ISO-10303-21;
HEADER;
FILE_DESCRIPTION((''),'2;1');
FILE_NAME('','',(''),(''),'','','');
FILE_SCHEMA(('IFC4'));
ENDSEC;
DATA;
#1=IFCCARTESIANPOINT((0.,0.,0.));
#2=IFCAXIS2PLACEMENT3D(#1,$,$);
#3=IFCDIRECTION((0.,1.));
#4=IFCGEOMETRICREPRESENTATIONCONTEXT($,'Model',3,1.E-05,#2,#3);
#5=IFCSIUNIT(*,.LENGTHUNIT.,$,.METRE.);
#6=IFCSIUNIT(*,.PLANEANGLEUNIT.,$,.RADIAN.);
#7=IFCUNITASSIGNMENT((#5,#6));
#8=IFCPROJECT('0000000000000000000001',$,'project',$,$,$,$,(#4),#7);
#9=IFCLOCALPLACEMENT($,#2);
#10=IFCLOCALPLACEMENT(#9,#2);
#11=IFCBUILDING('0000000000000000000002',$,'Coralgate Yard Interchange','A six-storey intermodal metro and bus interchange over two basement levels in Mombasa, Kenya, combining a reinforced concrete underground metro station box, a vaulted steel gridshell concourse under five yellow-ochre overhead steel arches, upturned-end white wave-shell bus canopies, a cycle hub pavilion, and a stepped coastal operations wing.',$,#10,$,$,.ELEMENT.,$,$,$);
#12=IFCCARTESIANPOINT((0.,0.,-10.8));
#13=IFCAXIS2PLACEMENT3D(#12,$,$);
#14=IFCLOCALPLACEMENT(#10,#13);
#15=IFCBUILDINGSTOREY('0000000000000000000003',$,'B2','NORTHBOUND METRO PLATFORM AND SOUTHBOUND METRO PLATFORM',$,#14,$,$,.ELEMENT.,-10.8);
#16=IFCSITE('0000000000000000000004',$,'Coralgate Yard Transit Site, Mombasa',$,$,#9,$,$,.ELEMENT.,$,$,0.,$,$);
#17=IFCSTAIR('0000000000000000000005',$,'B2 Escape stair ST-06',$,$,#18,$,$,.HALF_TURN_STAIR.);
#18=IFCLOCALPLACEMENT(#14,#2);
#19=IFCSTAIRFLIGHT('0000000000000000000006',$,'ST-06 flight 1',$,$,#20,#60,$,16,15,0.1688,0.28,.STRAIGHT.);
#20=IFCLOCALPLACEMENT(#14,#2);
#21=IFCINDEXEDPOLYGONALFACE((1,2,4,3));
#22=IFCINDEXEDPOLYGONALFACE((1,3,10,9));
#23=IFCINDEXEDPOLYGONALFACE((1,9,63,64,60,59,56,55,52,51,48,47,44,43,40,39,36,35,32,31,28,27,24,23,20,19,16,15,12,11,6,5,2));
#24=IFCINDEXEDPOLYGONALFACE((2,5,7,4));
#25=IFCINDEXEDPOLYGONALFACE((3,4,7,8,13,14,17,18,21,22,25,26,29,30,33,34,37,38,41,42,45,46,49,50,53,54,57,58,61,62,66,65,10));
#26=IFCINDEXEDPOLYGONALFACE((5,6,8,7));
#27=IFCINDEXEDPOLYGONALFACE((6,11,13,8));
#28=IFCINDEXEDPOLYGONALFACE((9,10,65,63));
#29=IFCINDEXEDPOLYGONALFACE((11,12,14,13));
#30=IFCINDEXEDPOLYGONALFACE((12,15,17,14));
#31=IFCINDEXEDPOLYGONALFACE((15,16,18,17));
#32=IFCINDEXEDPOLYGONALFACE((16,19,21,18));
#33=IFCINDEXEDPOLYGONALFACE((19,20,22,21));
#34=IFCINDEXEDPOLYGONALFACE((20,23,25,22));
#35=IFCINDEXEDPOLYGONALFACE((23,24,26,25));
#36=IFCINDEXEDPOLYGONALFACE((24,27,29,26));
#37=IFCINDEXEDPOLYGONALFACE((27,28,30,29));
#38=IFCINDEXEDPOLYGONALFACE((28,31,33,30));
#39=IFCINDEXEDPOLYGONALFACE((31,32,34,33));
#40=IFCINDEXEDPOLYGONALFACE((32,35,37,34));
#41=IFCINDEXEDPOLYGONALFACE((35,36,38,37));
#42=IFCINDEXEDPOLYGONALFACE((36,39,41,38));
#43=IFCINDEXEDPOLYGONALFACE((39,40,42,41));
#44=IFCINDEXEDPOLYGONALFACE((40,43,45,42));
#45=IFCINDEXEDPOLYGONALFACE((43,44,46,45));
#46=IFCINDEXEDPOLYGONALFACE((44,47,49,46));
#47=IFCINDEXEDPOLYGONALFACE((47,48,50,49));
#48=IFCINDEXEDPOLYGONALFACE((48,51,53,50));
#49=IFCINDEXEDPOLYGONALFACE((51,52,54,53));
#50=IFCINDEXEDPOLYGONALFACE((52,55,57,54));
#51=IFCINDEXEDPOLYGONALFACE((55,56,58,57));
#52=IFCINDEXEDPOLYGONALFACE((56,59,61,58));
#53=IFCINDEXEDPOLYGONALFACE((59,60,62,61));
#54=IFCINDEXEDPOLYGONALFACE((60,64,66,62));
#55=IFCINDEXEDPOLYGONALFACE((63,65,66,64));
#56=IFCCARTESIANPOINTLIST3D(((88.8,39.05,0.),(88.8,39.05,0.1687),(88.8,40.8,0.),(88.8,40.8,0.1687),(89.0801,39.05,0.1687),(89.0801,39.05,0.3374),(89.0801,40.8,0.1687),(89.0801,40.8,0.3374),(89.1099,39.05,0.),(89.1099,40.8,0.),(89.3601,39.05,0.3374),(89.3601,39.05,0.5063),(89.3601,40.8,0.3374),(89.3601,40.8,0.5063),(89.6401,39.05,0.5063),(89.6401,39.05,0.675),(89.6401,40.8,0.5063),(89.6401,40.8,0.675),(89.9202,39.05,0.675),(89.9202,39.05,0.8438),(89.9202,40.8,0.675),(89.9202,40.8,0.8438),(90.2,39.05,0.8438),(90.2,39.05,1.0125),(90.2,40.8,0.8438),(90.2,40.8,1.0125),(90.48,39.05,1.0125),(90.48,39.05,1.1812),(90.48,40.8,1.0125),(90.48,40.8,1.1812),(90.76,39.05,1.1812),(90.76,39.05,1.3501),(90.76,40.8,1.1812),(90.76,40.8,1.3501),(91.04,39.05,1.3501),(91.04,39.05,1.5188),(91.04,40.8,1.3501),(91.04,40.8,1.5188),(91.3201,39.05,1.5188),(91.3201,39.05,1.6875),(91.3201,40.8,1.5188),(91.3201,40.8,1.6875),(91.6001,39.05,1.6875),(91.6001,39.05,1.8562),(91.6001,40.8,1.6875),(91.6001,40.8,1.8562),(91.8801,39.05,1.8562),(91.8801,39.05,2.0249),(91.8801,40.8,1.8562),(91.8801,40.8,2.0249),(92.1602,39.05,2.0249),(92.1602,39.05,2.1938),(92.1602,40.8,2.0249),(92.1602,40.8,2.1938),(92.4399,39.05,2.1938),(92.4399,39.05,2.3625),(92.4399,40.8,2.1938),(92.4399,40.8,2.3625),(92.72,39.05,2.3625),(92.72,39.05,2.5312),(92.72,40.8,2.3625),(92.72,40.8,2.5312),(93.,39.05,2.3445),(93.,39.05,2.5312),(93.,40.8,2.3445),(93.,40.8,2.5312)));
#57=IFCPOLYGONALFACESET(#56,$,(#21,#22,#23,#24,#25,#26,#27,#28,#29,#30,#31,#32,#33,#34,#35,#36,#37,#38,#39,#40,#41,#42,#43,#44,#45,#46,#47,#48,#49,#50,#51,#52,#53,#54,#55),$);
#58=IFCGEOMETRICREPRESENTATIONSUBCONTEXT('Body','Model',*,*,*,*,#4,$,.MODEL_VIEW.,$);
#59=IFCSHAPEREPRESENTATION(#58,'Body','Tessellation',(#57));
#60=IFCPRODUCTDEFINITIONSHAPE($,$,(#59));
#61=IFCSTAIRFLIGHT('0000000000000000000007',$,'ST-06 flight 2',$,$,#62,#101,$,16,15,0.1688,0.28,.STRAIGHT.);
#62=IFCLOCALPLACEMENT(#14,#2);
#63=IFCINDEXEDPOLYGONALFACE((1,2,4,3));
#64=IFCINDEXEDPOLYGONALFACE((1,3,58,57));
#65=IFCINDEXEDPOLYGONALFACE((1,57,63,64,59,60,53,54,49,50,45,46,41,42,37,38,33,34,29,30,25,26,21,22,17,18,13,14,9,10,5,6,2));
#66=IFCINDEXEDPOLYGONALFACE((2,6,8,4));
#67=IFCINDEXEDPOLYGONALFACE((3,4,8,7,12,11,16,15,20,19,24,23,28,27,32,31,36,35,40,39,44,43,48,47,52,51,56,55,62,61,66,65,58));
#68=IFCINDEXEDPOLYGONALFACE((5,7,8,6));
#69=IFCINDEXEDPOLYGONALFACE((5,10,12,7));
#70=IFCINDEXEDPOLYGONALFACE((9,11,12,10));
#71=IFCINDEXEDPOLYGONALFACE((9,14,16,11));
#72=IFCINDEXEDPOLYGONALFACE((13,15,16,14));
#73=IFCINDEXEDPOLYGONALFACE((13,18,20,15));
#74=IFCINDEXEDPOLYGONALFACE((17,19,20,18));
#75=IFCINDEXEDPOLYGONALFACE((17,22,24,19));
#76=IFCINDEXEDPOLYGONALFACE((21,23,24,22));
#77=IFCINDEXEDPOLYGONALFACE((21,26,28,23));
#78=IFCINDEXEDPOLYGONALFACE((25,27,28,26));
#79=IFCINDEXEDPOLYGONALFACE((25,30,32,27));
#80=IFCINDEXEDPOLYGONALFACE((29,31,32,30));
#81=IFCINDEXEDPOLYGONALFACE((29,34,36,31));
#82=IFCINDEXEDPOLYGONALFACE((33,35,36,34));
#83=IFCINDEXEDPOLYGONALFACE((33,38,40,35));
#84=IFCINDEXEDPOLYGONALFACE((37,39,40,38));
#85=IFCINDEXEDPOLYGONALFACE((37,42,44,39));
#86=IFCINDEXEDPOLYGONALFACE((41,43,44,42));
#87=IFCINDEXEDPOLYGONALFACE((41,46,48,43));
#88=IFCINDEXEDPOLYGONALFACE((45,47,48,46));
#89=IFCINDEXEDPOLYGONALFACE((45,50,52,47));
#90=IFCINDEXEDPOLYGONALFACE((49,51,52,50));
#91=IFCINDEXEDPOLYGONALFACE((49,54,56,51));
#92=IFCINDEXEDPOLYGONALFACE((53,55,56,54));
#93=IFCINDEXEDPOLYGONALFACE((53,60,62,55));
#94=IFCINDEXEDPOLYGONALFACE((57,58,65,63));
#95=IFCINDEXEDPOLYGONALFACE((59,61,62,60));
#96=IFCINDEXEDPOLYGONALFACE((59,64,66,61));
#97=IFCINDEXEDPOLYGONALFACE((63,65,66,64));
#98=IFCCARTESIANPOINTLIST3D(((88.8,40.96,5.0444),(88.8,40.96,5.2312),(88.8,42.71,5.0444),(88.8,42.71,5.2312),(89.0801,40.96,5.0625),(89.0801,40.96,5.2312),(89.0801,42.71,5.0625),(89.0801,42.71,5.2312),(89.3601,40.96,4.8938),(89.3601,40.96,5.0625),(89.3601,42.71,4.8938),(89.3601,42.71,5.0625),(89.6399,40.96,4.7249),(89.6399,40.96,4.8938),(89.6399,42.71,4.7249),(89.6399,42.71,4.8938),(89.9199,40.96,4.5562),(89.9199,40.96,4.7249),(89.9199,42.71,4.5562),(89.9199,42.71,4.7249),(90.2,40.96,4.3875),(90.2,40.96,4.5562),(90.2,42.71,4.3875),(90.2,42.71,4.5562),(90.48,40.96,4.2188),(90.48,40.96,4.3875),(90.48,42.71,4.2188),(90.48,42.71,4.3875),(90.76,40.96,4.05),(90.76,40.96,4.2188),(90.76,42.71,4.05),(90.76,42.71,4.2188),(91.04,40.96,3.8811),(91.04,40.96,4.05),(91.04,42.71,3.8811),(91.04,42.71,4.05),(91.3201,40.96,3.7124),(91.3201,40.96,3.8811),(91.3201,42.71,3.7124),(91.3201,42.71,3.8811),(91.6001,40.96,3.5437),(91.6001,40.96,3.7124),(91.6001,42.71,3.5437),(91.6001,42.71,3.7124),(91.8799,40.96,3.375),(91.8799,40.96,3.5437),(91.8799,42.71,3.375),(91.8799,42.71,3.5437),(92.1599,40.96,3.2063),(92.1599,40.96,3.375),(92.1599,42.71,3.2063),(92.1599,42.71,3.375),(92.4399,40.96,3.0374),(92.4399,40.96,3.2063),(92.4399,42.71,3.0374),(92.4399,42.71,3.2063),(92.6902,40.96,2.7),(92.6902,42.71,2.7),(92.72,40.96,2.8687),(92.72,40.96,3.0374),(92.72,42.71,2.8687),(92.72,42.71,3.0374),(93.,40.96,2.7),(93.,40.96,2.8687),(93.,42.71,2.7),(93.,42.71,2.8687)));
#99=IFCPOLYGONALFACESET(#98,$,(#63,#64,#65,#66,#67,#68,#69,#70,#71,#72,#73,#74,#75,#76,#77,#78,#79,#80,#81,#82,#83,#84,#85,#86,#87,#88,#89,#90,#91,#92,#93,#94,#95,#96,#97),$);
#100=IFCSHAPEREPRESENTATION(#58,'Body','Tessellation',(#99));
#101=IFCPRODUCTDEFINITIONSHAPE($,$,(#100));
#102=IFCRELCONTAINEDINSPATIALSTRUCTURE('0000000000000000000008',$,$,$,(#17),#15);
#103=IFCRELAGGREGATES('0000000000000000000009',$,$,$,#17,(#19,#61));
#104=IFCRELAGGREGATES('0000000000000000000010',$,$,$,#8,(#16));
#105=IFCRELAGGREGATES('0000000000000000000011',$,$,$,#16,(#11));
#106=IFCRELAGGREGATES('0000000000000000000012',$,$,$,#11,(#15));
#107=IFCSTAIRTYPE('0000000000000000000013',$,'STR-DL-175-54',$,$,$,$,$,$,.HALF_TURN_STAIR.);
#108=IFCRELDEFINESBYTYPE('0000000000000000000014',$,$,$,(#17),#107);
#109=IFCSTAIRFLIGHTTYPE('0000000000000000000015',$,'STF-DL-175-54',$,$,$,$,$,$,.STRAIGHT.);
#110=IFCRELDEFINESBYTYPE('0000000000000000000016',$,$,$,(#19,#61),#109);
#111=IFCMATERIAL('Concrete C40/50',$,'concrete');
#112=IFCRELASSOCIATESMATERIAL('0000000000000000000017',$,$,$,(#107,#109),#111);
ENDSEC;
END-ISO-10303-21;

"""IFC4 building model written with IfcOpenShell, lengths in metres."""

from ifc_helpers import new_model, si_unit, direction, frame, origin, place, context, subcontext, project, spatial, polyline, outline, extrude, material, type_object, element, aggregate, save


model = new_model("IFC4")

# Units and contexts
model_context = context("Model", 3, precision=1e-05, world=origin(), true_north=direction((0.0, 1.0)))
body_context = subcontext(model_context, "Body", "Model", "MODEL_VIEW")
ifc_project = project(units=[si_unit("LENGTHUNIT", "METRE"), si_unit("PLANEANGLEUNIT", "RADIAN")], contexts=[model_context])

# Site, building, storey
site_placement = place(None, origin())
site = spatial("IfcSite", under=ifc_project, at=site_placement, Name="Coralgate Yard Transit Site, Mombasa", CompositionType="ELEMENT", RefElevation=0.0)
building_placement = place(site_placement, origin())
building = spatial("IfcBuilding", under=site, at=building_placement, Name="Coralgate Yard Interchange", Description="A six-storey intermodal metro and bus interchange over two basement levels in Mombasa, Kenya, combining a reinforced concrete underground metro station box, a vaulted steel gridshell concourse under five yellow-ochre overhead steel arches, upturned-end white wave-shell bus canopies, a cycle hub pavilion, and a stepped coastal operations wing.", CompositionType="ELEMENT")
storey_placement = place(building_placement, frame((0.0, 0.0, -10.8)))
storey = spatial("IfcBuildingStorey", under=building, at=storey_placement, Name="B2", Description="NORTHBOUND METRO PLATFORM AND SOUTHBOUND METRO PLATFORM", CompositionType="ELEMENT", Elevation=-10.8)

# Shared definitions
ifc_material_1 = material(Name="Concrete C40/50", Category="concrete")

# Stair, stair flights
stair_type = type_object("IfcStairType", Name="STR-DL-175-54", PredefinedType="HALF_TURN_STAIR", material=ifc_material_1)
stair_placement = place(storey_placement, origin())
stair = element("IfcStair", 1, at=stair_placement, inside=storey, type_object=stair_type, Name="B2 Escape stair ST-06", PredefinedType="HALF_TURN_STAIR")
stair_flight_type = type_object("IfcStairFlightType", Name="STF-DL-175-54", PredefinedType="STRAIGHT", material=ifc_material_1)
stair_flight_1_placement = place(storey_placement, frame((88.8, 39.925, 0.0), z_axis=(0.0, 0.0, 1.0), x_axis=(1.0, 0.0, 0.0)))
stair_flight_1 = element("IfcStairFlight", 2, at=stair_flight_1_placement, type_object=stair_flight_type, Name="ST-06 flight 1", NumberOfRisers=16, NumberOfTreads=15, PredefinedType="STRAIGHT", RiserHeight=0.1688, TreadLength=0.28, context=body_context, shape_type="SweptSolid", body=[
    extrude(outline(polyline([(0.0, 0.0), (0.0, 0.1687), (0.28, 0.1687), (0.28, 0.3374), (0.5601, 0.3374), (0.5601, 0.5063), (0.8401, 0.5063), (0.8401, 0.675), (1.1201, 0.675), (1.1201, 0.8438), (1.3999, 0.8438), (1.3999, 1.0125), (1.6799, 1.0125), (1.6799, 1.1812), (1.96, 1.1812), (1.96, 1.3501), (2.24, 1.3501), (2.24, 1.5188), (2.52, 1.5188), (2.52, 1.6875), (2.8, 1.6875), (2.8, 1.8562), (3.0801, 1.8562), (3.0801, 2.0249), (3.3601, 2.0249), (3.3601, 2.1938), (3.6399, 2.1938), (3.6399, 2.3625), (3.9199, 2.3625), (3.9199, 2.5312), (4.2, 2.5312), (4.2, 2.7), (4.2, 2.3445), (0.3098, 0.0), (0.0, 0.0)])), frame((0.0, 0.875, 0.0), z_axis=(0.0, -1.0, 0.0), x_axis=(1.0, 0.0, 0.0)), (0.0, 0.0, 1.0), 1.75),
])
stair_flight_2_placement = place(storey_placement, frame((93.0, 41.835, 2.7), z_axis=(0.0, 0.0, 1.0), x_axis=(-1.0, 0.0, 0.0)))
stair_flight_2 = element("IfcStairFlight", 3, at=stair_flight_2_placement, type_object=stair_flight_type, Name="ST-06 flight 2", NumberOfRisers=16, NumberOfTreads=15, PredefinedType="STRAIGHT", RiserHeight=0.1688, TreadLength=0.28, context=body_context, shape_type="SweptSolid", body=[
    extrude(outline(polyline([(0.0, 0.0), (0.0, 0.1687), (0.28, 0.1687), (0.28, 0.3374), (0.5601, 0.3374), (0.5601, 0.5063), (0.8401, 0.5063), (0.8401, 0.675), (1.1201, 0.675), (1.1201, 0.8438), (1.3999, 0.8438), (1.3999, 1.0125), (1.6799, 1.0125), (1.6799, 1.1812), (1.96, 1.1812), (1.96, 1.3501), (2.24, 1.3501), (2.24, 1.5188), (2.52, 1.5188), (2.52, 1.6875), (2.8, 1.6875), (2.8, 1.8562), (3.0801, 1.8562), (3.0801, 2.0249), (3.3601, 2.0249), (3.3601, 2.1938), (3.6399, 2.1938), (3.6399, 2.3625), (3.9199, 2.3625), (3.9199, 2.5312), (4.2, 2.5312), (4.2, 2.7), (4.2, 2.3445), (0.3098, 0.0), (0.0, 0.0)])), frame((0.0, 0.875, 0.0), z_axis=(0.0, -1.0, 0.0), x_axis=(1.0, 0.0, 0.0)), (0.0, 0.0, 1.0), 1.75),
])
aggregate(stair, [stair_flight_1, stair_flight_2])

save(model, "model.ifc")
